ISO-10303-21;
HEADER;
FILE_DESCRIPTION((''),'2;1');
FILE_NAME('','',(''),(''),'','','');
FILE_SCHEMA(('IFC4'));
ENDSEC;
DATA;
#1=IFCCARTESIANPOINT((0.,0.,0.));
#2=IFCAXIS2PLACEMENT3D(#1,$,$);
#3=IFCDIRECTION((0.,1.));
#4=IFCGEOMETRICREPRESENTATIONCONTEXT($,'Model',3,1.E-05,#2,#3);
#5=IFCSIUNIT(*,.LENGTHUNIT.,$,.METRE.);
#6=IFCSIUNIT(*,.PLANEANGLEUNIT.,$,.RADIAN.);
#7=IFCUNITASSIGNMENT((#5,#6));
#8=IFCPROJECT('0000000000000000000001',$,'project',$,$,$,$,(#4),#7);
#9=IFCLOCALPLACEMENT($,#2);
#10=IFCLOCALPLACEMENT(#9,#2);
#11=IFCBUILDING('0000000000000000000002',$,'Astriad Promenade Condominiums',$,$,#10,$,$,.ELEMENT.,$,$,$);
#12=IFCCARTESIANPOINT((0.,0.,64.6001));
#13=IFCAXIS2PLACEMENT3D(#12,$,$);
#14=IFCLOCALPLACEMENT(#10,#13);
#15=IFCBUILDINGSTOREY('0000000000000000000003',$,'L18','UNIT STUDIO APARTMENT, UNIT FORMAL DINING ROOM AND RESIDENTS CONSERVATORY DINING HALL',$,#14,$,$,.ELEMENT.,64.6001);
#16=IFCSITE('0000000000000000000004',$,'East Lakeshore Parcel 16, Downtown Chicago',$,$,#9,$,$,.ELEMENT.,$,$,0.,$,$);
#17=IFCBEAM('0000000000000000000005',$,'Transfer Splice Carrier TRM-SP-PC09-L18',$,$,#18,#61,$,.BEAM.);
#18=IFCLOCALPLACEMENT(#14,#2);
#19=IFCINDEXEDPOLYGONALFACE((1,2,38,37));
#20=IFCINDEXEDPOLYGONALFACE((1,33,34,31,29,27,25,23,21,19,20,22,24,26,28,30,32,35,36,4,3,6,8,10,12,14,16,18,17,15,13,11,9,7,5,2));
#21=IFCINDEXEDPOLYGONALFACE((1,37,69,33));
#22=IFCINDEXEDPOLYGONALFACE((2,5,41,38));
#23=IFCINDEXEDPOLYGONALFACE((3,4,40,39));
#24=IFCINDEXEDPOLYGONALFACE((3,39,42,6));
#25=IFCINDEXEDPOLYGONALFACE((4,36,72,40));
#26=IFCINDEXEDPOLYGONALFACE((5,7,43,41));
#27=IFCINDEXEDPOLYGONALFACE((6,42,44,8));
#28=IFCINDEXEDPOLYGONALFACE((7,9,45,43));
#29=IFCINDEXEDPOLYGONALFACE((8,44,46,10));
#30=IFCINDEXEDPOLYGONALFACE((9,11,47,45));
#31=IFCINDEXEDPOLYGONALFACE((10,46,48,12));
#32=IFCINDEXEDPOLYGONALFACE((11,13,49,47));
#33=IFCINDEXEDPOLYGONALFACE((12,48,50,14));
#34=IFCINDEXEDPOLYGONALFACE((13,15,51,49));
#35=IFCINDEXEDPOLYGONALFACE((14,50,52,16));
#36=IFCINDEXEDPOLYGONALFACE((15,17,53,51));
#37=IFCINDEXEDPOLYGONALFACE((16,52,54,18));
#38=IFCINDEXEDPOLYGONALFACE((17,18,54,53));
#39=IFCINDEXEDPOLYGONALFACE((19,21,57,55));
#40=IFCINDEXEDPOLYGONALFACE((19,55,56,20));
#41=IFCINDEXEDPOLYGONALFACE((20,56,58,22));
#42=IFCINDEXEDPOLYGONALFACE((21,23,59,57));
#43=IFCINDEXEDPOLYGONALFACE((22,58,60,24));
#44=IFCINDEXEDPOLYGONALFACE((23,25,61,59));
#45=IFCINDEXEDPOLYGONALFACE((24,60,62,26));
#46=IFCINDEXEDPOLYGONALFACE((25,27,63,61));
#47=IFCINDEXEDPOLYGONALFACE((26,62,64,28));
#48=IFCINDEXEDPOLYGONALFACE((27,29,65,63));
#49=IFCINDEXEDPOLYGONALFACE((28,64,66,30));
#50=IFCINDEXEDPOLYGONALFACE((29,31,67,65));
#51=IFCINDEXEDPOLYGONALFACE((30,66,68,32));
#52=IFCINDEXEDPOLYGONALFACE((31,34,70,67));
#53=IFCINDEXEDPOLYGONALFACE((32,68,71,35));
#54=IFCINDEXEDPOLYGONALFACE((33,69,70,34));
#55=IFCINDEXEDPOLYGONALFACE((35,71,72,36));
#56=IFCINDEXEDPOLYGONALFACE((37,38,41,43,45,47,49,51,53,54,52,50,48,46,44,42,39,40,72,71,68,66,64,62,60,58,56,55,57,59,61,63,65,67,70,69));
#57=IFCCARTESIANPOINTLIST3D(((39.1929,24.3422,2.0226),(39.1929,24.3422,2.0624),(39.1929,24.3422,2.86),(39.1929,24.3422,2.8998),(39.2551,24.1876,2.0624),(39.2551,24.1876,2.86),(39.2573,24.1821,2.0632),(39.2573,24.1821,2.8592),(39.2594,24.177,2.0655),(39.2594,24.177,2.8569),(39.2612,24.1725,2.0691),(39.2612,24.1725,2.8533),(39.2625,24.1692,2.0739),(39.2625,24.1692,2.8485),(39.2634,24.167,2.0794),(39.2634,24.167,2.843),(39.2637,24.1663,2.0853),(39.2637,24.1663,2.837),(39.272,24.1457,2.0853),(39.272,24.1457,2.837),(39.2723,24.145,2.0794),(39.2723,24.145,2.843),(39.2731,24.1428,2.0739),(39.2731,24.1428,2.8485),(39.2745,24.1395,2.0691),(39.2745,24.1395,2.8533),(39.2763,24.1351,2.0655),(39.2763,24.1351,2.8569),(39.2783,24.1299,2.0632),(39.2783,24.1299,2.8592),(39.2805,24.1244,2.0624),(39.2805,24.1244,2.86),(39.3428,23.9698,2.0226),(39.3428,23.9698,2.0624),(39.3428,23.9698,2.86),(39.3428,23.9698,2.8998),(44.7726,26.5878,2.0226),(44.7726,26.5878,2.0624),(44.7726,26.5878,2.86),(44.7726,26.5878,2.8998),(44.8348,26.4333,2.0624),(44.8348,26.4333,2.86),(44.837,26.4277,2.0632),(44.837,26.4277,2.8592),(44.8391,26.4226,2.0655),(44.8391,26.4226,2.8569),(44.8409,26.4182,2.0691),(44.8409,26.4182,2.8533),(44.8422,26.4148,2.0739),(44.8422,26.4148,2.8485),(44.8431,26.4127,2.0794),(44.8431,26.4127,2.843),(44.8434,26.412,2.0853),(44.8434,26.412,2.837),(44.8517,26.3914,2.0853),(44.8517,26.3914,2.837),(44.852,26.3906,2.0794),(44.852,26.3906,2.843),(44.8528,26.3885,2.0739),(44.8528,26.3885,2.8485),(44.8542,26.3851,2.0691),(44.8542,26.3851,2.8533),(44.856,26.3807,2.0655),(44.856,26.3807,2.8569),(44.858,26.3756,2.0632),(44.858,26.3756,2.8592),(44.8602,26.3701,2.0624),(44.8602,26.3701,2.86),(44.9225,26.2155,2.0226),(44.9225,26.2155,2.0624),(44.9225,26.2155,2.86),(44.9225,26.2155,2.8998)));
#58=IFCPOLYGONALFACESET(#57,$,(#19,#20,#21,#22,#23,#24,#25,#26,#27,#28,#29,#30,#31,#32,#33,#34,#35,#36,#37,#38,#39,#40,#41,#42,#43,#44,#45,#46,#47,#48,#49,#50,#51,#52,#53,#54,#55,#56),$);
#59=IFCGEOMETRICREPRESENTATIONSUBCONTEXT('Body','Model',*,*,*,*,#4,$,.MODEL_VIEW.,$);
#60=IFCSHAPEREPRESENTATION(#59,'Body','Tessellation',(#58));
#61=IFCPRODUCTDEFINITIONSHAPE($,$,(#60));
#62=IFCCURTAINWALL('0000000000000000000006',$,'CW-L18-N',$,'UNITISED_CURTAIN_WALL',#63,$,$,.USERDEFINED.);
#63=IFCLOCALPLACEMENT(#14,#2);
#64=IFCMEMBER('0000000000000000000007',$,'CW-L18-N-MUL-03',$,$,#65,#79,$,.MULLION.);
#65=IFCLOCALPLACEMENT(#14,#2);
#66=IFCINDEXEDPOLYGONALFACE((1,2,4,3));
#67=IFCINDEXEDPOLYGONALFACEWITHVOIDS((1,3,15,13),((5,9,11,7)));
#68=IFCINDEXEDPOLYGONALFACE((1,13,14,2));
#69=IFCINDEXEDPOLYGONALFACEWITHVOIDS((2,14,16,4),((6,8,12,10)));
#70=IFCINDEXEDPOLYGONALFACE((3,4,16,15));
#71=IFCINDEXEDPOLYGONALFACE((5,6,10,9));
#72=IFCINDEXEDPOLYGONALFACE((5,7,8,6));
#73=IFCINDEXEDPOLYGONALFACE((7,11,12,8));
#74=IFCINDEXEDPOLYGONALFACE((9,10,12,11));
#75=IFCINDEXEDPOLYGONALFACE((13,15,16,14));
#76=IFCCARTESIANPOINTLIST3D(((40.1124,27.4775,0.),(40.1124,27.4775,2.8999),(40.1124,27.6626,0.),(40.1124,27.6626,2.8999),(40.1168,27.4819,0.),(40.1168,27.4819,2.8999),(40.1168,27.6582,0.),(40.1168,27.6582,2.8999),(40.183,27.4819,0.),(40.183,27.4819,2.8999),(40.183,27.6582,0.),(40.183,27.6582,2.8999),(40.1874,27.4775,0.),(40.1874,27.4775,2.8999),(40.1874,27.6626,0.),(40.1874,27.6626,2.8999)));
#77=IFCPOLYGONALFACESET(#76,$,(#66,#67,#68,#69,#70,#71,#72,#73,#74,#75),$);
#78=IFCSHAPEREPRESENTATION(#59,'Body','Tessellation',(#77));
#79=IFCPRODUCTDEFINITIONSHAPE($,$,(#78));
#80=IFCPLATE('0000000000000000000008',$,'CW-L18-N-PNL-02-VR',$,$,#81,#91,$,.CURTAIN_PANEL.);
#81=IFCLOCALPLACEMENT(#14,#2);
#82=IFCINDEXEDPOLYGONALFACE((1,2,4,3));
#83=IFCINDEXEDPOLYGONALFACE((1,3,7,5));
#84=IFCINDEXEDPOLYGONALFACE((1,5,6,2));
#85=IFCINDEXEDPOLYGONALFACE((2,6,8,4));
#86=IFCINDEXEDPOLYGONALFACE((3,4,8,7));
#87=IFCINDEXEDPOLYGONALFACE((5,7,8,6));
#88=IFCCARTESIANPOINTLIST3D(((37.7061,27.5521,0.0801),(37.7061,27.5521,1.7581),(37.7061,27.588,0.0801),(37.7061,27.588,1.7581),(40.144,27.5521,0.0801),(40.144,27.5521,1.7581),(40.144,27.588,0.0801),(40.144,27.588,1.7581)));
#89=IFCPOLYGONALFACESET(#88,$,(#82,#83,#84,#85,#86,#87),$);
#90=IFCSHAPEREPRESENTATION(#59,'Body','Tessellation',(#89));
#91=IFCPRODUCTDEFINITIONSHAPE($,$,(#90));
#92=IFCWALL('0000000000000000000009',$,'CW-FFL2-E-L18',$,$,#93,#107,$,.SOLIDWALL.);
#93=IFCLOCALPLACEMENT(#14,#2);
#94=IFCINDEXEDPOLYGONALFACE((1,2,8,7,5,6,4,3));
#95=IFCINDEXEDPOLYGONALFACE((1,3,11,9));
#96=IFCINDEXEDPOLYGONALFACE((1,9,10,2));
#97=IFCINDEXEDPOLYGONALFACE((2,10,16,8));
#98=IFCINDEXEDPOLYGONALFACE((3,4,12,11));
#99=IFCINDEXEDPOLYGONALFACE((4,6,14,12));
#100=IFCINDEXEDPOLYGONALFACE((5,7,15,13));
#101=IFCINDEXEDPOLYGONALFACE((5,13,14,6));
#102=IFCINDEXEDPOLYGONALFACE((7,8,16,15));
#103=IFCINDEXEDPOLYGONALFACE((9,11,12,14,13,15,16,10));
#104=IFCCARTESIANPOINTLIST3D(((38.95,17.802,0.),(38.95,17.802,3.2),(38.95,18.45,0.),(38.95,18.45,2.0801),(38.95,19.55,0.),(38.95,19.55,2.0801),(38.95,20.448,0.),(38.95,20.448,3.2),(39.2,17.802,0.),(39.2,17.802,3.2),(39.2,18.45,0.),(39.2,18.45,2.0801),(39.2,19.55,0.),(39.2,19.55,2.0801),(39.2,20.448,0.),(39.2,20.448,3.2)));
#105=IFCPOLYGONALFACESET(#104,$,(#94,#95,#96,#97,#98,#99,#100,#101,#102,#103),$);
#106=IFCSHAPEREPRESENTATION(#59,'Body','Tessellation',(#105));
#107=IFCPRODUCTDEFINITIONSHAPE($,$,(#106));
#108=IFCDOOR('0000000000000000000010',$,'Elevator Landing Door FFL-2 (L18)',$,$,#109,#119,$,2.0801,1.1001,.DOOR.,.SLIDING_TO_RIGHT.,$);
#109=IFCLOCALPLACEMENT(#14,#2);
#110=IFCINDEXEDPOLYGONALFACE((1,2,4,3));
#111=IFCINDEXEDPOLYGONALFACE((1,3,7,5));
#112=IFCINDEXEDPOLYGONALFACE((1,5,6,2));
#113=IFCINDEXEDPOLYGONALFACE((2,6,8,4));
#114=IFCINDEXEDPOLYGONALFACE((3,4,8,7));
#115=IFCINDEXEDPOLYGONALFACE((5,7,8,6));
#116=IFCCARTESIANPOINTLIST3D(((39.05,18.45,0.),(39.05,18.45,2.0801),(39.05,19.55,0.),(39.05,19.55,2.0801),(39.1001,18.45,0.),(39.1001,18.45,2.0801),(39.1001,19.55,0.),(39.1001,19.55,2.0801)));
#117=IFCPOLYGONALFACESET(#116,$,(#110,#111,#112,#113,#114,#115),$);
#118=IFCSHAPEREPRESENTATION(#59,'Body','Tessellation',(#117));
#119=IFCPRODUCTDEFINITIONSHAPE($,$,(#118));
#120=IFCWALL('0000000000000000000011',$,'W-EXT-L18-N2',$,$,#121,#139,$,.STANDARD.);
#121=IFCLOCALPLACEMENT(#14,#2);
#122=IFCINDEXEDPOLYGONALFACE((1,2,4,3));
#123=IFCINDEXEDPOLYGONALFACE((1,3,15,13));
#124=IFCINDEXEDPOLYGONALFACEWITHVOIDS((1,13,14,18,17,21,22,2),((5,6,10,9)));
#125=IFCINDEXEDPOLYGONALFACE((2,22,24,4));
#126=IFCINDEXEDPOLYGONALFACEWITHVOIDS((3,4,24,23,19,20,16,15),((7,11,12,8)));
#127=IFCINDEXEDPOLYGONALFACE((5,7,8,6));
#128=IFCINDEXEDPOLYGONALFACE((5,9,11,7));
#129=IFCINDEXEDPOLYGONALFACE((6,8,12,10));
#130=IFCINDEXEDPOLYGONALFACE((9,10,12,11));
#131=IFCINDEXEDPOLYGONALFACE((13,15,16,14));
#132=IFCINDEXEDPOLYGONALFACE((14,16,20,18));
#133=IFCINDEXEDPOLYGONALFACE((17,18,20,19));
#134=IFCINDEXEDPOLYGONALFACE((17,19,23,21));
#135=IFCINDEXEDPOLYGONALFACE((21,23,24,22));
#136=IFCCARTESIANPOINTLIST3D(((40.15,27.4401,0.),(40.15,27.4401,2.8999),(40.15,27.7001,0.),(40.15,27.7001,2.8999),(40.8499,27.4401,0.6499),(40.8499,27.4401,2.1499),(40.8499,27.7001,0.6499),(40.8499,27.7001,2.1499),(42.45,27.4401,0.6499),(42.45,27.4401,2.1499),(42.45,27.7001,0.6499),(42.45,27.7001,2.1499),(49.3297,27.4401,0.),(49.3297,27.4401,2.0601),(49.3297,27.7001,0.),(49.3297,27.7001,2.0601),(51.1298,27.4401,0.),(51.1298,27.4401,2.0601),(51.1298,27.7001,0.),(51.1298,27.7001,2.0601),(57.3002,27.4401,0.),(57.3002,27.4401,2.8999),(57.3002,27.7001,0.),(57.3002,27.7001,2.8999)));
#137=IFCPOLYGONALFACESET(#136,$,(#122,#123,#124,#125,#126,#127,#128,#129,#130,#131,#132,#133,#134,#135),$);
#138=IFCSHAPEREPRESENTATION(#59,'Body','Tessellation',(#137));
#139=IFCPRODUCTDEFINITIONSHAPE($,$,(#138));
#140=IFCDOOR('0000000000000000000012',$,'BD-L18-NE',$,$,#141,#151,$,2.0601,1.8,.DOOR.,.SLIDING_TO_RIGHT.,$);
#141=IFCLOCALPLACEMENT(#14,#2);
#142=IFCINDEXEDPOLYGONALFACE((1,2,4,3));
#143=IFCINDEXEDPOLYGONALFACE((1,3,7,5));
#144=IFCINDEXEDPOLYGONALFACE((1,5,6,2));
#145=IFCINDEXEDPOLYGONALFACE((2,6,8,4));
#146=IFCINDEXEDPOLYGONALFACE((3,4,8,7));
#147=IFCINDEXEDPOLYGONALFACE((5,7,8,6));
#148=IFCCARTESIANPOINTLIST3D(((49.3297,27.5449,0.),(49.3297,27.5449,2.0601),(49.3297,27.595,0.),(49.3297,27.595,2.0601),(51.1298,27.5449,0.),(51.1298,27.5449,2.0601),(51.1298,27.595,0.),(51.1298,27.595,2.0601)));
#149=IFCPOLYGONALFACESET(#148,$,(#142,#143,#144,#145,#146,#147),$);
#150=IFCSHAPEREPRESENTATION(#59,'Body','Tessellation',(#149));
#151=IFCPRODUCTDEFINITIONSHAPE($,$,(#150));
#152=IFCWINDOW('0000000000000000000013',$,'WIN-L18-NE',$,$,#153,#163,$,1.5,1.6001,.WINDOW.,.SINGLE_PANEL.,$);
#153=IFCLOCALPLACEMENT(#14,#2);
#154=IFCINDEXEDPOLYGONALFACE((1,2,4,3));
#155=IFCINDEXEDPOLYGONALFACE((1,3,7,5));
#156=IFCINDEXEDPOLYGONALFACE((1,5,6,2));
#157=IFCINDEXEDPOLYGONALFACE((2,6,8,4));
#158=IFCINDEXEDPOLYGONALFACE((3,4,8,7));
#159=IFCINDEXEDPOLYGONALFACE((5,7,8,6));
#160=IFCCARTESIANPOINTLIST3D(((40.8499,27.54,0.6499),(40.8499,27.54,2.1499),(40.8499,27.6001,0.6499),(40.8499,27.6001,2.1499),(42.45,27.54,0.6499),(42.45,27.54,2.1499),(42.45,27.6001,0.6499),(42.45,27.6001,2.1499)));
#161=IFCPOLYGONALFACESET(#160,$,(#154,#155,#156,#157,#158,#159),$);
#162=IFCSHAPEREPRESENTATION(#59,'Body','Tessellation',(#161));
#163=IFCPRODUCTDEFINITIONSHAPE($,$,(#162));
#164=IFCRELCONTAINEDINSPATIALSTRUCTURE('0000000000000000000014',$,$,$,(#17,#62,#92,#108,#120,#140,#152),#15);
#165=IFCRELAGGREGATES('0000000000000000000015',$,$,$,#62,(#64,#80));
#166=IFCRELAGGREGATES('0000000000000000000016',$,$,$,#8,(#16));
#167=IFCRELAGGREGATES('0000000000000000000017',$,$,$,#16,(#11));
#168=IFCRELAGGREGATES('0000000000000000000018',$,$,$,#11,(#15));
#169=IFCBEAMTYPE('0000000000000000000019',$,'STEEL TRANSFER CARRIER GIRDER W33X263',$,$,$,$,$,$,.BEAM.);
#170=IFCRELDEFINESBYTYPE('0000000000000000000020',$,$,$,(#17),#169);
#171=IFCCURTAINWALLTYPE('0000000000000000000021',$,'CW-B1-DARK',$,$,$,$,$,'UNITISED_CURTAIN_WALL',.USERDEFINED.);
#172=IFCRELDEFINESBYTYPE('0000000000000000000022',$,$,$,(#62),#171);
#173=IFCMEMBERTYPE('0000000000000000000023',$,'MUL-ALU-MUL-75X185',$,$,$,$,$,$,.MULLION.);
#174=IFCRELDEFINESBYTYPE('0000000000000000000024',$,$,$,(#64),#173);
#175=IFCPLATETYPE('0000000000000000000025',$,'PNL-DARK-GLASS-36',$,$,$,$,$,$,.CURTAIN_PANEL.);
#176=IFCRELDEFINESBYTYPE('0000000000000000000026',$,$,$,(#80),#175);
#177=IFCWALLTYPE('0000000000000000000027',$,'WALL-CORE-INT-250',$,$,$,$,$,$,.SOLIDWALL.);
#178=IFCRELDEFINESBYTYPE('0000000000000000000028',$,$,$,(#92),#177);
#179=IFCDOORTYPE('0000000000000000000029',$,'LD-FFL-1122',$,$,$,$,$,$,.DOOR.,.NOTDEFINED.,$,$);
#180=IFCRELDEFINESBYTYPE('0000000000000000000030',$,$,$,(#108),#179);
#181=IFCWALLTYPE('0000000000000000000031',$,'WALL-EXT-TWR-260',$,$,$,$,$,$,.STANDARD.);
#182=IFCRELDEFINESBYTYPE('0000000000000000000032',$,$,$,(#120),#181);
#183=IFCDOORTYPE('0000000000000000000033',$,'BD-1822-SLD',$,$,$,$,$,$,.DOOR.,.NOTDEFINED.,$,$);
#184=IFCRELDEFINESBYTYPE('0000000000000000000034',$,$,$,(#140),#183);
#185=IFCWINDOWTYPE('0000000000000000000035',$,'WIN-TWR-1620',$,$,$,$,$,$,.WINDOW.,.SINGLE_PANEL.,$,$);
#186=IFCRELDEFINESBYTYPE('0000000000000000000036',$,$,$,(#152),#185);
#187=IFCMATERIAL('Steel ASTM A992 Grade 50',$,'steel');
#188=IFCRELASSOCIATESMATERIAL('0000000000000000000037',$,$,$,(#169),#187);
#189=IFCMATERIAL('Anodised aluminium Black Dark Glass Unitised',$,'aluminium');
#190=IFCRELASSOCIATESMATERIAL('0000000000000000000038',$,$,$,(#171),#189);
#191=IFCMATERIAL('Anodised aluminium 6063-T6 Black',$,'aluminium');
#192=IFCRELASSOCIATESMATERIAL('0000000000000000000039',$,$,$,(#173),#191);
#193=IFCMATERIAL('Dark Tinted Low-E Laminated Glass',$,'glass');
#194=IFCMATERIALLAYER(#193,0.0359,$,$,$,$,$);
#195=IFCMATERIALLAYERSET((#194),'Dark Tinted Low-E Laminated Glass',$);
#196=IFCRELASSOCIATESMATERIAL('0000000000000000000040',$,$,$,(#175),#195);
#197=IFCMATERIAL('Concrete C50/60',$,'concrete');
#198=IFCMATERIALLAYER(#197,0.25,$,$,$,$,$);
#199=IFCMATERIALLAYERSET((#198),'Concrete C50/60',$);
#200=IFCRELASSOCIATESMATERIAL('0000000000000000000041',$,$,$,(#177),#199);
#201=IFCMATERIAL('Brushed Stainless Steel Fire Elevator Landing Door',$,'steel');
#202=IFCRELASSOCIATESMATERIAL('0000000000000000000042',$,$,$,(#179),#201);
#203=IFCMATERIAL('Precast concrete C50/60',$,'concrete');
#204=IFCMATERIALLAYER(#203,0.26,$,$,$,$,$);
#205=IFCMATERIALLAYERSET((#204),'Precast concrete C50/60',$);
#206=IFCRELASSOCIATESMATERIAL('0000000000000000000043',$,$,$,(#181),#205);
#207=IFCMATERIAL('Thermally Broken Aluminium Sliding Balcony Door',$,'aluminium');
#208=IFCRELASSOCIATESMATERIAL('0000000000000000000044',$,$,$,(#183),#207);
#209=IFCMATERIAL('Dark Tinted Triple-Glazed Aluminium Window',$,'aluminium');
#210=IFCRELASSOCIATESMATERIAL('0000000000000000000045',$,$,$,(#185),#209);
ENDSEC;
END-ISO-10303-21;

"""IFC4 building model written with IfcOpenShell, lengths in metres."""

from ifc_helpers import new_model, si_unit, direction, frame, frame_2d, origin, origin_2d, place, context, subcontext, project, spatial, rectangle, hollow_rectangle, i_section, extrude, source, transform, mapped, material, layer, layer_set, material_profile, profile_set, type_object, type_shapes, element, fill, aggregate, save


model = new_model("IFC4")

# Units and contexts
model_context = context("Model", 3, precision=1e-05, world=origin(), true_north=direction((0.0, 1.0)))
body_context = subcontext(model_context, "Body", "Model", "MODEL_VIEW")
ifc_project = project(units=[si_unit("LENGTHUNIT", "METRE"), si_unit("PLANEANGLEUNIT", "RADIAN")], contexts=[model_context])

# Site, building, storey
site_placement = place(None, origin())
site = spatial("IfcSite", under=ifc_project, at=site_placement, Name="East Lakeshore Parcel 16, Downtown Chicago", CompositionType="ELEMENT", RefElevation=0.0)
building_placement = place(site_placement, origin())
building = spatial("IfcBuilding", under=site, at=building_placement, Name="Astriad Promenade Condominiums", CompositionType="ELEMENT")
storey_placement = place(building_placement, frame((0.0, 0.0, 64.6001)))
storey = spatial("IfcBuildingStorey", under=building, at=storey_placement, Name="L18", Description="UNIT STUDIO APARTMENT, UNIT FORMAL DINING ROOM AND RESIDENTS CONSERVATORY DINING HALL", CompositionType="ELEMENT", Elevation=64.6001)

# Shared definitions
ifc_material_1 = material(Name="Steel ASTM A992 Grade 50", Category="steel")

# Beam
ifc_material_profile_1 = material_profile(ifc_material_1, i_section(OverallWidth=0.4014, OverallDepth=0.8772, WebThickness=0.0222, FlangeThickness=0.0398, FilletRadius=0.0229, at=origin_2d()), Name="W33X263")
ifc_profile_set_1 = profile_set([ifc_material_profile_1], Name="Steel ASTM A992 Grade 50")
beam_type_1 = type_object("IfcBeamType", Name="STEEL TRANSFER CARRIER GIRDER W33X263", PredefinedType="BEAM", material=ifc_profile_set_1)
shared_shape_1 = source(origin(), body_context, "Body", "SweptSolid", [
    extrude(i_section(OverallWidth=0.4014, OverallDepth=0.8772, WebThickness=0.0222, FlangeThickness=0.0398, FilletRadius=0.0229, at=origin_2d()), origin(), (0.0, 0.0, 1.0), 6.0146),
])
type_shapes(beam_type_1, [shared_shape_1])
beam_1_placement = place(storey_placement, frame((39.2678, 24.156, 2.4612), z_axis=(0.927685, 0.373363, 0.0), x_axis=(-0.373363, 0.927685, 0.0)))
element("IfcBeam", 1, at=beam_1_placement, inside=storey, type_object=beam_type_1, Name="Transfer Splice Carrier TRM-SP-PC09-L18", PredefinedType="BEAM", context=body_context, shape_type="MappedRepresentation", body=[
    mapped(shared_shape_1, transform((0.0, 0.0, 0.0), scale=1.0)),
])

# Curtain wall, member, plate
ifc_material_2 = material(Name="Anodised aluminium Black Dark Glass Unitised", Category="aluminium")
curtain_wall_type = type_object("IfcCurtainWallType", Name="CW-B1-DARK", ElementType="UNITISED_CURTAIN_WALL", PredefinedType="USERDEFINED", material=ifc_material_2)
curtain_wall_placement = place(storey_placement, origin())
curtain_wall = element("IfcCurtainWall", 2, at=curtain_wall_placement, inside=storey, type_object=curtain_wall_type, Name="CW-L18-N", ObjectType="UNITISED_CURTAIN_WALL", PredefinedType="USERDEFINED")
ifc_material_3 = material(Name="Anodised aluminium 6063-T6 Black", Category="aluminium")
ifc_material_profile_2 = material_profile(ifc_material_3, hollow_rectangle(XDim=0.075, YDim=0.1851, WallThickness=0.0044, at=origin_2d()), Name="ALU-MUL-75X185")
ifc_profile_set_2 = profile_set([ifc_material_profile_2], Name="Anodised aluminium 6063-T6 Black")
member_type = type_object("IfcMemberType", Name="MUL-ALU-MUL-75X185", PredefinedType="MULLION", material=ifc_profile_set_2)
shared_shape_2 = source(origin(), body_context, "Body", "SweptSolid", [
    extrude(hollow_rectangle(XDim=0.075, YDim=0.1851, WallThickness=0.0044, at=origin_2d()), origin(), (0.0, 0.0, 1.0), 2.8999),
])
type_shapes(member_type, [shared_shape_2])
member_placement = place(storey_placement, frame((40.1499, 27.5701, 0.0), z_axis=(0.0, 0.0, 1.0), x_axis=(1.0, 0.0, 0.0)))
member = element("IfcMember", 3, at=member_placement, type_object=member_type, Name="CW-L18-N-MUL-03", PredefinedType="MULLION", context=body_context, shape_type="MappedRepresentation", body=[
    mapped(shared_shape_2, transform((0.0, 0.0, 0.0), scale=1.0)),
])
ifc_material_4 = material(Name="Dark Tinted Low-E Laminated Glass", Category="glass")
ifc_layer_1 = layer(ifc_material_4, 0.0359)
ifc_layer_set_1 = layer_set([ifc_layer_1], Name="Dark Tinted Low-E Laminated Glass")
plate_type = type_object("IfcPlateType", Name="PNL-DARK-GLASS-36", PredefinedType="CURTAIN_PANEL", material=ifc_layer_set_1)
shared_shape_3 = source(origin(), body_context, "Body", "SweptSolid", [
    extrude(rectangle(XDim=2.438, YDim=0.0359, at=origin_2d()), origin(), (0.0, 0.0, 1.0), 1.678),
])
type_shapes(plate_type, [shared_shape_3])
plate_placement = place(storey_placement, frame((38.925, 27.5701, 0.0801), z_axis=(0.0, 0.0, 1.0), x_axis=(1.0, 0.0, 0.0)))
plate = element("IfcPlate", 4, at=plate_placement, type_object=plate_type, Name="CW-L18-N-PNL-02-VR", PredefinedType="CURTAIN_PANEL", context=body_context, shape_type="MappedRepresentation", body=[
    mapped(shared_shape_3, transform((0.0, 0.0, 0.0), scale=1.0)),
])
aggregate(curtain_wall, [member, plate])

# Wall, opening, door
ifc_material_5 = material(Name="Concrete C50/60", Category="concrete")
ifc_layer_2 = layer(ifc_material_5, 0.25)
ifc_layer_set_2 = layer_set([ifc_layer_2], Name="Concrete C50/60")
wall_type_1 = type_object("IfcWallType", Name="WALL-CORE-INT-250", PredefinedType="SOLIDWALL", material=ifc_layer_set_2)
wall_1_placement = place(storey_placement, frame((39.075, 17.802, 0.0), z_axis=(0.0, 0.0, 1.0), x_axis=(0.0, 1.0, 0.0)))
wall_1 = element("IfcWall", 5, at=wall_1_placement, inside=storey, type_object=wall_type_1, Name="CW-FFL2-E-L18", PredefinedType="SOLIDWALL", context=body_context, shape_type="SweptSolid", body=[
    extrude(rectangle(XDim=2.646, YDim=0.25, at=frame_2d((1.323, 0.0))), origin(), (0.0, 0.0, 1.0), 3.2),
])
opening_1_placement = place(wall_1_placement, frame((0.6479, 0.0, 0.0)))
opening_1 = element("IfcOpeningElement", 6, at=opening_1_placement, cuts=wall_1, PredefinedType="OPENING", context=body_context, shape_type="SweptSolid", body=[
    extrude(rectangle(XDim=1.1001, YDim=2.0801, at=frame_2d((0.55, 1.04))), frame((0.0, 0.135, 0.0), z_axis=(0.0, -1.0, 0.0), x_axis=(1.0, 0.0, 0.0)), (0.0, 0.0, 1.0), 0.27),
])
ifc_material_6 = material(Name="Brushed Stainless Steel Fire Elevator Landing Door", Category="steel")
door_type_1 = type_object("IfcDoorType", Name="LD-FFL-1122", OperationType="NOTDEFINED", PredefinedType="DOOR", material=ifc_material_6)
shared_shape_4 = source(origin(), body_context, "Body", "SweptSolid", [
    extrude(rectangle(XDim=1.1001, YDim=2.0801, at=frame_2d((0.55, 1.04))), frame((0.0, 0.0249, 0.0), z_axis=(0.0, -1.0, 0.0), x_axis=(1.0, 0.0, 0.0)), (0.0, 0.0, 1.0), 0.05),
])
type_shapes(door_type_1, [shared_shape_4])
door_1_placement = place(opening_1_placement, origin())
door_1 = element("IfcDoor", 7, at=door_1_placement, inside=storey, type_object=door_type_1, Name="Elevator Landing Door FFL-2 (L18)", OperationType="SLIDING_TO_RIGHT", OverallHeight=2.0801, OverallWidth=1.1001, PredefinedType="DOOR", context=body_context, shape_type="MappedRepresentation", body=[
    mapped(shared_shape_4, transform((0.0, 0.0, 0.0), scale=1.0)),
])
fill(opening_1, door_1)

# Wall, openings, door, window
ifc_material_7 = material(Name="Precast concrete C50/60", Category="concrete")
ifc_layer_3 = layer(ifc_material_7, 0.26)
ifc_layer_set_3 = layer_set([ifc_layer_3], Name="Precast concrete C50/60")
wall_type_2 = type_object("IfcWallType", Name="WALL-EXT-TWR-260", PredefinedType="STANDARD", material=ifc_layer_set_3)
wall_2_placement = place(storey_placement, frame((40.1499, 27.5701, 0.0), z_axis=(0.0, 0.0, 1.0), x_axis=(1.0, 0.0, 0.0)))
wall_2 = element("IfcWall", 8, at=wall_2_placement, inside=storey, type_object=wall_type_2, Name="W-EXT-L18-N2", PredefinedType="STANDARD", context=body_context, shape_type="SweptSolid", body=[
    extrude(rectangle(XDim=17.1501, YDim=0.26, at=frame_2d((8.5752, 0.0))), origin(), (0.0, 0.0, 1.0), 2.8999),
])
opening_2_placement = place(wall_2_placement, frame((9.1799, 0.0, 0.0)))
opening_2 = element("IfcOpeningElement", 9, at=opening_2_placement, cuts=wall_2, PredefinedType="OPENING", context=body_context, shape_type="SweptSolid", body=[
    extrude(rectangle(XDim=1.8, YDim=2.0601, at=frame_2d((0.8999, 1.03))), frame((0.0, 0.1399, 0.0), z_axis=(0.0, -1.0, 0.0), x_axis=(1.0, 0.0, 0.0)), (0.0, 0.0, 1.0), 0.28),
])
opening_3_placement = place(wall_2_placement, frame((0.7, 0.0, 0.6499)))
opening_3 = element("IfcOpeningElement", 10, at=opening_3_placement, cuts=wall_2, PredefinedType="OPENING", context=body_context, shape_type="SweptSolid", body=[
    extrude(rectangle(XDim=1.6001, YDim=1.5, at=frame_2d((0.8, 0.75))), frame((0.0, 0.1399, 0.0), z_axis=(0.0, -1.0, 0.0), x_axis=(1.0, 0.0, 0.0)), (0.0, 0.0, 1.0), 0.28),
])
ifc_material_8 = material(Name="Thermally Broken Aluminium Sliding Balcony Door", Category="aluminium")
door_type_2 = type_object("IfcDoorType", Name="BD-1822-SLD", OperationType="NOTDEFINED", PredefinedType="DOOR", material=ifc_material_8)
shared_shape_5 = source(origin(), body_context, "Body", "SweptSolid", [
    extrude(rectangle(XDim=1.8, YDim=2.0601, at=frame_2d((0.8999, 1.03))), frame((0.0, 0.0249, 0.0), z_axis=(0.0, -1.0, 0.0), x_axis=(1.0, 0.0, 0.0)), (0.0, 0.0, 1.0), 0.05),
])
type_shapes(door_type_2, [shared_shape_5])
door_2_placement = place(opening_2_placement, origin())
door_2 = element("IfcDoor", 11, at=door_2_placement, inside=storey, type_object=door_type_2, Name="BD-L18-NE", OperationType="SLIDING_TO_RIGHT", OverallHeight=2.0601, OverallWidth=1.8, PredefinedType="DOOR", context=body_context, shape_type="MappedRepresentation", body=[
    mapped(shared_shape_5, transform((0.0, 0.0, 0.0), scale=1.0)),
])
fill(opening_2, door_2)
ifc_material_9 = material(Name="Dark Tinted Triple-Glazed Aluminium Window", Category="aluminium")
window_type = type_object("IfcWindowType", Name="WIN-TWR-1620", PartitioningType="SINGLE_PANEL", PredefinedType="WINDOW", material=ifc_material_9)
shared_shape_6 = source(origin(), body_context, "Body", "SweptSolid", [
    extrude(rectangle(XDim=1.6001, YDim=1.5, at=frame_2d((0.8, 0.75))), frame((0.0, 0.03, 0.0), z_axis=(0.0, -1.0, 0.0), x_axis=(1.0, 0.0, 0.0)), (0.0, 0.0, 1.0), 0.0601),
])
type_shapes(window_type, [shared_shape_6])
window_placement = place(opening_3_placement, origin())
window = element("IfcWindow", 12, at=window_placement, inside=storey, type_object=window_type, Name="WIN-L18-NE", OverallHeight=1.5, OverallWidth=1.6001, PartitioningType="SINGLE_PANEL", PredefinedType="WINDOW", context=body_context, shape_type="MappedRepresentation", body=[
    mapped(shared_shape_6, transform((0.0, 0.0, 0.0), scale=1.0)),
])
fill(opening_3, window)

save(model, "model.ifc")
